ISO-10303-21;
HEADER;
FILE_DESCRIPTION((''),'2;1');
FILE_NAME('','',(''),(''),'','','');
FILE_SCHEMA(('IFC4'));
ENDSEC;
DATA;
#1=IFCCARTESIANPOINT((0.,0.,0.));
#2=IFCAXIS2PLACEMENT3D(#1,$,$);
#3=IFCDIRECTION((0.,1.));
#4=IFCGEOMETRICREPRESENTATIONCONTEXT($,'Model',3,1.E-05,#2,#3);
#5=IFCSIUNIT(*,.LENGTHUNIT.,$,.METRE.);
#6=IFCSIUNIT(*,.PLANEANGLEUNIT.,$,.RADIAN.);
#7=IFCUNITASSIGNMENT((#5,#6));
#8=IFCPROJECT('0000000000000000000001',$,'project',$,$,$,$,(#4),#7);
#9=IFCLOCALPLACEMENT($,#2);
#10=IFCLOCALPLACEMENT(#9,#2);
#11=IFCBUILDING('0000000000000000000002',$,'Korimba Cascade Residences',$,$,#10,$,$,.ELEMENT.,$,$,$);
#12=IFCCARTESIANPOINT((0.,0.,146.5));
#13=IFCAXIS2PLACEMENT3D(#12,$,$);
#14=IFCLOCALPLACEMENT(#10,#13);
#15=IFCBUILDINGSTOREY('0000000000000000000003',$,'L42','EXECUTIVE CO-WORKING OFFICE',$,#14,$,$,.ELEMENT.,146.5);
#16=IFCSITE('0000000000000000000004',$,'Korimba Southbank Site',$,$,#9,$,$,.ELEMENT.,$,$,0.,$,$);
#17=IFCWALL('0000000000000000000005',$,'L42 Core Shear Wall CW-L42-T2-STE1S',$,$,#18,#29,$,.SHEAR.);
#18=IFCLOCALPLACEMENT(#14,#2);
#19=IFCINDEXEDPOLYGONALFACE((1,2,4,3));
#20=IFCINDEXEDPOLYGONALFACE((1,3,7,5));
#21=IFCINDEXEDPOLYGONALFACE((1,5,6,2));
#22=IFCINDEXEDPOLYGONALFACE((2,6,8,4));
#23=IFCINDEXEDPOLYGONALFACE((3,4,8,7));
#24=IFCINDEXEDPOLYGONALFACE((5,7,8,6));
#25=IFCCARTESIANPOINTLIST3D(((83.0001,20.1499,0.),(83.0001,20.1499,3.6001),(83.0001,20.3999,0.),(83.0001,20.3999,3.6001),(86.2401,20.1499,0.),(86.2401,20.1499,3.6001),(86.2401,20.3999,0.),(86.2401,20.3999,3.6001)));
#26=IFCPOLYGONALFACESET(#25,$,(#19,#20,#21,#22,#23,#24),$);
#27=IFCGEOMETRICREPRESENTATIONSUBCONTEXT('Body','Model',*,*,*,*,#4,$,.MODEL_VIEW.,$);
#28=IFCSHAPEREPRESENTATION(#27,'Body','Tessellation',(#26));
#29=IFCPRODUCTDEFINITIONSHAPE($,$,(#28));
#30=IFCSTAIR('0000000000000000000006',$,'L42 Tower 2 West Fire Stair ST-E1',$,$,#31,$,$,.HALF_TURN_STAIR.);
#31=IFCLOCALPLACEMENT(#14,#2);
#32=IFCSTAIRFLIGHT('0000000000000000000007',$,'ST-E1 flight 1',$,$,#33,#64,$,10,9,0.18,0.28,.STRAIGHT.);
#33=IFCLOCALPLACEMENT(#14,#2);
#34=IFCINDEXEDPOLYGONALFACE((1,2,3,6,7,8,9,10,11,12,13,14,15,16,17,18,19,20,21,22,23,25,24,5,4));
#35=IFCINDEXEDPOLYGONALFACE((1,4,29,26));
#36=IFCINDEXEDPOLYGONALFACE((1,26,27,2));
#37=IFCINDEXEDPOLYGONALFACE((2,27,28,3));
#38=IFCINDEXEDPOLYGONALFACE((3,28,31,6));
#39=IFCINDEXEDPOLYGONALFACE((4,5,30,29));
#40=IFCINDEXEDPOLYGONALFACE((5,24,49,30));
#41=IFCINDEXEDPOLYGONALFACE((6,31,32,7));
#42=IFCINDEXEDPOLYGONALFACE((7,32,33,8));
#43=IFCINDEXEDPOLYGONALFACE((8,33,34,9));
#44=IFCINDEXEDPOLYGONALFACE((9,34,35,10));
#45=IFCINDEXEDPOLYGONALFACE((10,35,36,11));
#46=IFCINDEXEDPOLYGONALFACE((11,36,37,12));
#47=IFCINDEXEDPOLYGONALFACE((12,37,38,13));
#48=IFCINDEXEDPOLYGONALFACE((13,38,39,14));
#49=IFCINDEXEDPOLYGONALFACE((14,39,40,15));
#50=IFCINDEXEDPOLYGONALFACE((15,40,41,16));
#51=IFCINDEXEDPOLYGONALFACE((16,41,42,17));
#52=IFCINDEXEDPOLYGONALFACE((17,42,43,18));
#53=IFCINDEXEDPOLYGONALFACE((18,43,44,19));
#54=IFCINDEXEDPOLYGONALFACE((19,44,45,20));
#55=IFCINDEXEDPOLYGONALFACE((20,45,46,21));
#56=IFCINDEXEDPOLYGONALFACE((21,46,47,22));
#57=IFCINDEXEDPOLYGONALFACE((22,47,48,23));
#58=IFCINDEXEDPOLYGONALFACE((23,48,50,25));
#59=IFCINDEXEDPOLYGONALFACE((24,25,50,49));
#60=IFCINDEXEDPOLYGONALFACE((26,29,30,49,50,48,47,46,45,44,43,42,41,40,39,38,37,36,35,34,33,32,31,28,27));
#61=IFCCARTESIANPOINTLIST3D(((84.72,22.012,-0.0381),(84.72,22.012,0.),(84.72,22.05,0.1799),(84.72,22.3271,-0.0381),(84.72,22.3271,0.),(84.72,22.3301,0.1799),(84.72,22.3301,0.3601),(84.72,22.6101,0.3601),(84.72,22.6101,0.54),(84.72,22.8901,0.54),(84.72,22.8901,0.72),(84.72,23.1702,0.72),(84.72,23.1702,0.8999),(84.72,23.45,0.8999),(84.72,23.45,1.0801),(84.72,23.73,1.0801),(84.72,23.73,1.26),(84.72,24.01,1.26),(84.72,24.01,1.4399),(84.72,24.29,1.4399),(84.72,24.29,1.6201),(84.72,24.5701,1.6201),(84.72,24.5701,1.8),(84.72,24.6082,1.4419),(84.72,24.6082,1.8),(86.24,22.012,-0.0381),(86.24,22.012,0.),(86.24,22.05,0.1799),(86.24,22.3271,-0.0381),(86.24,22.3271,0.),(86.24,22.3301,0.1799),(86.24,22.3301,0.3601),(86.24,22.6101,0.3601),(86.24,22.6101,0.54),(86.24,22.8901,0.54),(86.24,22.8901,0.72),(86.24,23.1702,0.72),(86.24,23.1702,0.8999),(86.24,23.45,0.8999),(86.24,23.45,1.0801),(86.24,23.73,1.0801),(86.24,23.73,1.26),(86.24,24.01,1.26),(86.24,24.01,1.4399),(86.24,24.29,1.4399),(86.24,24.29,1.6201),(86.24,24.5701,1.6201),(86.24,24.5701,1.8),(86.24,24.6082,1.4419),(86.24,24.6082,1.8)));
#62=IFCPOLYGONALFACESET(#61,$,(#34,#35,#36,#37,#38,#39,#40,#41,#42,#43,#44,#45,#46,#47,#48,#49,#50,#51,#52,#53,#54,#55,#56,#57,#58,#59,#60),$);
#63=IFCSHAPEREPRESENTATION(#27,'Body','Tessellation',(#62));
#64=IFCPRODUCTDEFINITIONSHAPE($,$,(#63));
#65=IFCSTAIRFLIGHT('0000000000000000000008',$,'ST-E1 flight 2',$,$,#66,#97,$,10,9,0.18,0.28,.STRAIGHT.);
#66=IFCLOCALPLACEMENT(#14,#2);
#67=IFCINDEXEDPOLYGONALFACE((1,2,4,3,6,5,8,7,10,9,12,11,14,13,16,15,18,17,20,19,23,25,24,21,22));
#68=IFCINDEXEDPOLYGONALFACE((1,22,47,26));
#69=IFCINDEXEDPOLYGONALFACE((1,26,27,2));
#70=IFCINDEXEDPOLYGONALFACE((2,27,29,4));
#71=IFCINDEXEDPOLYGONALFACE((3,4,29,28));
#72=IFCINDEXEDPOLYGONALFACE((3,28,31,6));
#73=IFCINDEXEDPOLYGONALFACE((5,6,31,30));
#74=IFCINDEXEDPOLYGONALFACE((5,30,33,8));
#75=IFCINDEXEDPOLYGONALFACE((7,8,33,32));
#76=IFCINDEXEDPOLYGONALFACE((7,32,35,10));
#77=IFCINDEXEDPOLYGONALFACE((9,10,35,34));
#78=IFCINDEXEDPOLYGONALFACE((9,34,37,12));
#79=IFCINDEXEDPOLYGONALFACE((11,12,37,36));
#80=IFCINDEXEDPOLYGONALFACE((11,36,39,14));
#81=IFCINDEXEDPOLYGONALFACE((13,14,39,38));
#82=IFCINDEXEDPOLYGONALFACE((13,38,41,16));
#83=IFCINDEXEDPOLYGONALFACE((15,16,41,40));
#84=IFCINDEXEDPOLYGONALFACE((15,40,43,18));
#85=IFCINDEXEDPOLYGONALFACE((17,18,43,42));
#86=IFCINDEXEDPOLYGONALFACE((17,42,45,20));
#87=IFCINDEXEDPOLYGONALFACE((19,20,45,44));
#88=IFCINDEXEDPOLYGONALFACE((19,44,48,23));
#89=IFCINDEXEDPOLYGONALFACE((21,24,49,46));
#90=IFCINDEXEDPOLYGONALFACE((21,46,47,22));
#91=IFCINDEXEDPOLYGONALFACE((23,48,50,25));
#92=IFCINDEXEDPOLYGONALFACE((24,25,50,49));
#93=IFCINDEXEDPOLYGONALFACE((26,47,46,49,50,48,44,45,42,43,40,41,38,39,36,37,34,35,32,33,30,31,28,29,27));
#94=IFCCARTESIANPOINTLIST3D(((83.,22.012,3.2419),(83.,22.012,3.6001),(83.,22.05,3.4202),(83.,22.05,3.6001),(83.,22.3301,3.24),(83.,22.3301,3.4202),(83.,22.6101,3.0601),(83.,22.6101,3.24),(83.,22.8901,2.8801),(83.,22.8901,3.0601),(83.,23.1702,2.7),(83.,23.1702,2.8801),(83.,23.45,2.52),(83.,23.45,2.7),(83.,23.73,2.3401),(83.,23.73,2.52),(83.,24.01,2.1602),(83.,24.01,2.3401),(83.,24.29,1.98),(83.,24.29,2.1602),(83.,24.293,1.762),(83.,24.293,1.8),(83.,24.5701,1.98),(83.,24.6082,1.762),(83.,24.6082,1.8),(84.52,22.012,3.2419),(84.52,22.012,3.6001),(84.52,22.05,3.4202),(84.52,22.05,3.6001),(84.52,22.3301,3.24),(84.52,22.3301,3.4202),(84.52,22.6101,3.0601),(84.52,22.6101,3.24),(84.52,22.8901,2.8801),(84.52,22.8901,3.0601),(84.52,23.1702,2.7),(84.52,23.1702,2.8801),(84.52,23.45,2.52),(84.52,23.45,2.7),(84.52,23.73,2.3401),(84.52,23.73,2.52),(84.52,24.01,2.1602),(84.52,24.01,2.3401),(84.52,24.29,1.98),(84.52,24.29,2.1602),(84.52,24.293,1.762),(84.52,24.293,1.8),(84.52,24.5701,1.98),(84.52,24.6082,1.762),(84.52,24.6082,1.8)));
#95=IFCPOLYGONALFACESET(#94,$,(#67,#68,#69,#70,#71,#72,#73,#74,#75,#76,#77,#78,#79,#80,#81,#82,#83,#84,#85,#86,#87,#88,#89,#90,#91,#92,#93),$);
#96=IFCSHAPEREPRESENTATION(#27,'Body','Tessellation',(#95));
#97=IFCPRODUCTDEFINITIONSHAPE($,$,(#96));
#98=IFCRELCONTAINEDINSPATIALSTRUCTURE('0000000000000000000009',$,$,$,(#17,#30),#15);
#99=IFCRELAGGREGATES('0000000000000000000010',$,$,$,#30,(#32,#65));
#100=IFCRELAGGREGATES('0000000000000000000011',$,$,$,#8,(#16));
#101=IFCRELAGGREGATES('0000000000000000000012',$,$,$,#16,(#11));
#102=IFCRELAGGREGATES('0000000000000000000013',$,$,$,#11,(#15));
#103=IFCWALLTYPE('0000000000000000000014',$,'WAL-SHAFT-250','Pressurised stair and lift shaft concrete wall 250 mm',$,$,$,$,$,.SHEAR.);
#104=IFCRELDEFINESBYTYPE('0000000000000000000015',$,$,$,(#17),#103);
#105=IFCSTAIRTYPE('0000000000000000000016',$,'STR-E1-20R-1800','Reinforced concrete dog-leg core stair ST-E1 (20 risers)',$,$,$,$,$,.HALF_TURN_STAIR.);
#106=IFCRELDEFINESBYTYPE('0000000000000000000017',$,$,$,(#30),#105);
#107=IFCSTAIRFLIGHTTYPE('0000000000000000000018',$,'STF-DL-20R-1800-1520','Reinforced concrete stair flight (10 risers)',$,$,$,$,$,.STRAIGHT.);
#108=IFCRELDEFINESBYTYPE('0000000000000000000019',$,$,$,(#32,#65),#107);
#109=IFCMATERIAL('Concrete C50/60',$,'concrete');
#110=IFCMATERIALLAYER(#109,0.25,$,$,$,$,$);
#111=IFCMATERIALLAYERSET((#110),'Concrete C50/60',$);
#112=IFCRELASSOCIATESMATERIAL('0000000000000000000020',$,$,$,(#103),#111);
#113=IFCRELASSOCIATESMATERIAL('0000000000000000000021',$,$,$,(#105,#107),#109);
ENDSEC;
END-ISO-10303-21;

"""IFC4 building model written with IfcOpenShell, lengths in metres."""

from ifc_helpers import new_model, si_unit, direction, frame, frame_2d, origin, place, context, subcontext, project, spatial, polyline, rectangle, outline, extrude, material, layer, layer_set, type_object, element, aggregate, save


model = new_model("IFC4")

# Units and contexts
model_context = context("Model", 3, precision=1e-05, world=origin(), true_north=direction((0.0, 1.0)))
body_context = subcontext(model_context, "Body", "Model", "MODEL_VIEW")
ifc_project = project(units=[si_unit("LENGTHUNIT", "METRE"), si_unit("PLANEANGLEUNIT", "RADIAN")], contexts=[model_context])

# Site, building, storey
site_placement = place(None, origin())
site = spatial("IfcSite", under=ifc_project, at=site_placement, Name="Korimba Southbank Site", CompositionType="ELEMENT", RefElevation=0.0)
building_placement = place(site_placement, origin())
building = spatial("IfcBuilding", under=site, at=building_placement, Name="Korimba Cascade Residences", CompositionType="ELEMENT")
storey_placement = place(building_placement, frame((0.0, 0.0, 146.5)))
storey = spatial("IfcBuildingStorey", under=building, at=storey_placement, Name="L42", Description="EXECUTIVE CO-WORKING OFFICE", CompositionType="ELEMENT", Elevation=146.5)

# Wall
ifc_material_1 = material(Name="Concrete C50/60", Category="concrete")
ifc_layer_1 = layer(ifc_material_1, 0.25)
ifc_layer_set_1 = layer_set([ifc_layer_1], Name="Concrete C50/60")
wall_type_1 = type_object("IfcWallType", Name="WAL-SHAFT-250", Description="Pressurised stair and lift shaft concrete wall 250 mm", PredefinedType="SHEAR", material=ifc_layer_set_1)
wall_1_placement = place(storey_placement, frame((83.0, 20.2749, 0.0), z_axis=(0.0, 0.0, 1.0), x_axis=(1.0, 0.0, 0.0)))
element("IfcWall", 1, at=wall_1_placement, inside=storey, type_object=wall_type_1, Name="L42 Core Shear Wall CW-L42-T2-STE1S", PredefinedType="SHEAR", context=body_context, shape_type="SweptSolid", body=[
    extrude(rectangle(XDim=3.24, YDim=0.25, at=frame_2d((1.6201, 0.0))), origin(), (0.0, 0.0, 1.0), 3.6001),
])

# Stair, stair flights
stair_type = type_object("IfcStairType", Name="STR-E1-20R-1800", Description="Reinforced concrete dog-leg core stair ST-E1 (20 risers)", PredefinedType="HALF_TURN_STAIR", material=ifc_material_1)
stair_placement = place(storey_placement, origin())
stair = element("IfcStair", 2, at=stair_placement, inside=storey, type_object=stair_type, Name="L42 Tower 2 West Fire Stair ST-E1", PredefinedType="HALF_TURN_STAIR")
stair_flight_type = type_object("IfcStairFlightType", Name="STF-DL-20R-1800-1520", Description="Reinforced concrete stair flight (10 risers)", PredefinedType="STRAIGHT", material=ifc_material_1)
stair_flight_1_placement = place(storey_placement, frame((85.48, 22.05, 0.0), z_axis=(0.0, 0.0, 1.0), x_axis=(0.0, 1.0, 0.0)))
stair_flight_1 = element("IfcStairFlight", 3, at=stair_flight_1_placement, type_object=stair_flight_type, Name="ST-E1 flight 1", NumberOfRisers=10, NumberOfTreads=9, PredefinedType="STRAIGHT", RiserHeight=0.18, TreadLength=0.28, context=body_context, shape_type="SweptSolid", body=[
    extrude(outline(polyline([(-0.0381, 0.0), (0.0, 0.1799), (0.28, 0.1799), (0.28, 0.3601), (0.5601, 0.3601), (0.5601, 0.54), (0.8401, 0.54), (0.8401, 0.72), (1.1201, 0.72), (1.1201, 0.8999), (1.3999, 0.8999), (1.3999, 1.0801), (1.6799, 1.0801), (1.6799, 1.26), (1.96, 1.26), (1.96, 1.4399), (2.24, 1.4399), (2.24, 1.6201), (2.52, 1.6201), (2.52, 1.8), (2.5581, 1.8), (2.5581, 1.4419), (0.2771, 0.0), (0.2771, -0.0381), (-0.0381, -0.0381), (-0.0381, 0.0)])), frame((0.0, 0.76, 0.0), z_axis=(0.0, -1.0, 0.0), x_axis=(1.0, 0.0, 0.0)), (0.0, 0.0, 1.0), 1.52),
])
stair_flight_2_placement = place(storey_placement, frame((83.76, 24.5701, 1.8), z_axis=(0.0, 0.0, 1.0), x_axis=(0.0, -1.0, 0.0)))
stair_flight_2 = element("IfcStairFlight", 4, at=stair_flight_2_placement, type_object=stair_flight_type, Name="ST-E1 flight 2", NumberOfRisers=10, NumberOfTreads=9, PredefinedType="STRAIGHT", RiserHeight=0.18, TreadLength=0.28, context=body_context, shape_type="SweptSolid", body=[
    extrude(outline(polyline([(-0.0381, 0.0), (0.0, 0.1799), (0.28, 0.1799), (0.28, 0.3601), (0.5601, 0.3601), (0.5601, 0.54), (0.8401, 0.54), (0.8401, 0.72), (1.1201, 0.72), (1.1201, 0.8999), (1.3999, 0.8999), (1.3999, 1.0801), (1.6799, 1.0801), (1.6799, 1.26), (1.96, 1.26), (1.96, 1.4399), (2.24, 1.4399), (2.24, 1.6201), (2.52, 1.6201), (2.52, 1.8), (2.5581, 1.8), (2.5581, 1.4419), (0.2771, 0.0), (0.2771, -0.0381), (-0.0381, -0.0381), (-0.0381, 0.0)])), frame((0.0, 0.76, 0.0), z_axis=(0.0, -1.0, 0.0), x_axis=(1.0, 0.0, 0.0)), (0.0, 0.0, 1.0), 1.52),
])
aggregate(stair, [stair_flight_1, stair_flight_2])

save(model, "model.ifc")
